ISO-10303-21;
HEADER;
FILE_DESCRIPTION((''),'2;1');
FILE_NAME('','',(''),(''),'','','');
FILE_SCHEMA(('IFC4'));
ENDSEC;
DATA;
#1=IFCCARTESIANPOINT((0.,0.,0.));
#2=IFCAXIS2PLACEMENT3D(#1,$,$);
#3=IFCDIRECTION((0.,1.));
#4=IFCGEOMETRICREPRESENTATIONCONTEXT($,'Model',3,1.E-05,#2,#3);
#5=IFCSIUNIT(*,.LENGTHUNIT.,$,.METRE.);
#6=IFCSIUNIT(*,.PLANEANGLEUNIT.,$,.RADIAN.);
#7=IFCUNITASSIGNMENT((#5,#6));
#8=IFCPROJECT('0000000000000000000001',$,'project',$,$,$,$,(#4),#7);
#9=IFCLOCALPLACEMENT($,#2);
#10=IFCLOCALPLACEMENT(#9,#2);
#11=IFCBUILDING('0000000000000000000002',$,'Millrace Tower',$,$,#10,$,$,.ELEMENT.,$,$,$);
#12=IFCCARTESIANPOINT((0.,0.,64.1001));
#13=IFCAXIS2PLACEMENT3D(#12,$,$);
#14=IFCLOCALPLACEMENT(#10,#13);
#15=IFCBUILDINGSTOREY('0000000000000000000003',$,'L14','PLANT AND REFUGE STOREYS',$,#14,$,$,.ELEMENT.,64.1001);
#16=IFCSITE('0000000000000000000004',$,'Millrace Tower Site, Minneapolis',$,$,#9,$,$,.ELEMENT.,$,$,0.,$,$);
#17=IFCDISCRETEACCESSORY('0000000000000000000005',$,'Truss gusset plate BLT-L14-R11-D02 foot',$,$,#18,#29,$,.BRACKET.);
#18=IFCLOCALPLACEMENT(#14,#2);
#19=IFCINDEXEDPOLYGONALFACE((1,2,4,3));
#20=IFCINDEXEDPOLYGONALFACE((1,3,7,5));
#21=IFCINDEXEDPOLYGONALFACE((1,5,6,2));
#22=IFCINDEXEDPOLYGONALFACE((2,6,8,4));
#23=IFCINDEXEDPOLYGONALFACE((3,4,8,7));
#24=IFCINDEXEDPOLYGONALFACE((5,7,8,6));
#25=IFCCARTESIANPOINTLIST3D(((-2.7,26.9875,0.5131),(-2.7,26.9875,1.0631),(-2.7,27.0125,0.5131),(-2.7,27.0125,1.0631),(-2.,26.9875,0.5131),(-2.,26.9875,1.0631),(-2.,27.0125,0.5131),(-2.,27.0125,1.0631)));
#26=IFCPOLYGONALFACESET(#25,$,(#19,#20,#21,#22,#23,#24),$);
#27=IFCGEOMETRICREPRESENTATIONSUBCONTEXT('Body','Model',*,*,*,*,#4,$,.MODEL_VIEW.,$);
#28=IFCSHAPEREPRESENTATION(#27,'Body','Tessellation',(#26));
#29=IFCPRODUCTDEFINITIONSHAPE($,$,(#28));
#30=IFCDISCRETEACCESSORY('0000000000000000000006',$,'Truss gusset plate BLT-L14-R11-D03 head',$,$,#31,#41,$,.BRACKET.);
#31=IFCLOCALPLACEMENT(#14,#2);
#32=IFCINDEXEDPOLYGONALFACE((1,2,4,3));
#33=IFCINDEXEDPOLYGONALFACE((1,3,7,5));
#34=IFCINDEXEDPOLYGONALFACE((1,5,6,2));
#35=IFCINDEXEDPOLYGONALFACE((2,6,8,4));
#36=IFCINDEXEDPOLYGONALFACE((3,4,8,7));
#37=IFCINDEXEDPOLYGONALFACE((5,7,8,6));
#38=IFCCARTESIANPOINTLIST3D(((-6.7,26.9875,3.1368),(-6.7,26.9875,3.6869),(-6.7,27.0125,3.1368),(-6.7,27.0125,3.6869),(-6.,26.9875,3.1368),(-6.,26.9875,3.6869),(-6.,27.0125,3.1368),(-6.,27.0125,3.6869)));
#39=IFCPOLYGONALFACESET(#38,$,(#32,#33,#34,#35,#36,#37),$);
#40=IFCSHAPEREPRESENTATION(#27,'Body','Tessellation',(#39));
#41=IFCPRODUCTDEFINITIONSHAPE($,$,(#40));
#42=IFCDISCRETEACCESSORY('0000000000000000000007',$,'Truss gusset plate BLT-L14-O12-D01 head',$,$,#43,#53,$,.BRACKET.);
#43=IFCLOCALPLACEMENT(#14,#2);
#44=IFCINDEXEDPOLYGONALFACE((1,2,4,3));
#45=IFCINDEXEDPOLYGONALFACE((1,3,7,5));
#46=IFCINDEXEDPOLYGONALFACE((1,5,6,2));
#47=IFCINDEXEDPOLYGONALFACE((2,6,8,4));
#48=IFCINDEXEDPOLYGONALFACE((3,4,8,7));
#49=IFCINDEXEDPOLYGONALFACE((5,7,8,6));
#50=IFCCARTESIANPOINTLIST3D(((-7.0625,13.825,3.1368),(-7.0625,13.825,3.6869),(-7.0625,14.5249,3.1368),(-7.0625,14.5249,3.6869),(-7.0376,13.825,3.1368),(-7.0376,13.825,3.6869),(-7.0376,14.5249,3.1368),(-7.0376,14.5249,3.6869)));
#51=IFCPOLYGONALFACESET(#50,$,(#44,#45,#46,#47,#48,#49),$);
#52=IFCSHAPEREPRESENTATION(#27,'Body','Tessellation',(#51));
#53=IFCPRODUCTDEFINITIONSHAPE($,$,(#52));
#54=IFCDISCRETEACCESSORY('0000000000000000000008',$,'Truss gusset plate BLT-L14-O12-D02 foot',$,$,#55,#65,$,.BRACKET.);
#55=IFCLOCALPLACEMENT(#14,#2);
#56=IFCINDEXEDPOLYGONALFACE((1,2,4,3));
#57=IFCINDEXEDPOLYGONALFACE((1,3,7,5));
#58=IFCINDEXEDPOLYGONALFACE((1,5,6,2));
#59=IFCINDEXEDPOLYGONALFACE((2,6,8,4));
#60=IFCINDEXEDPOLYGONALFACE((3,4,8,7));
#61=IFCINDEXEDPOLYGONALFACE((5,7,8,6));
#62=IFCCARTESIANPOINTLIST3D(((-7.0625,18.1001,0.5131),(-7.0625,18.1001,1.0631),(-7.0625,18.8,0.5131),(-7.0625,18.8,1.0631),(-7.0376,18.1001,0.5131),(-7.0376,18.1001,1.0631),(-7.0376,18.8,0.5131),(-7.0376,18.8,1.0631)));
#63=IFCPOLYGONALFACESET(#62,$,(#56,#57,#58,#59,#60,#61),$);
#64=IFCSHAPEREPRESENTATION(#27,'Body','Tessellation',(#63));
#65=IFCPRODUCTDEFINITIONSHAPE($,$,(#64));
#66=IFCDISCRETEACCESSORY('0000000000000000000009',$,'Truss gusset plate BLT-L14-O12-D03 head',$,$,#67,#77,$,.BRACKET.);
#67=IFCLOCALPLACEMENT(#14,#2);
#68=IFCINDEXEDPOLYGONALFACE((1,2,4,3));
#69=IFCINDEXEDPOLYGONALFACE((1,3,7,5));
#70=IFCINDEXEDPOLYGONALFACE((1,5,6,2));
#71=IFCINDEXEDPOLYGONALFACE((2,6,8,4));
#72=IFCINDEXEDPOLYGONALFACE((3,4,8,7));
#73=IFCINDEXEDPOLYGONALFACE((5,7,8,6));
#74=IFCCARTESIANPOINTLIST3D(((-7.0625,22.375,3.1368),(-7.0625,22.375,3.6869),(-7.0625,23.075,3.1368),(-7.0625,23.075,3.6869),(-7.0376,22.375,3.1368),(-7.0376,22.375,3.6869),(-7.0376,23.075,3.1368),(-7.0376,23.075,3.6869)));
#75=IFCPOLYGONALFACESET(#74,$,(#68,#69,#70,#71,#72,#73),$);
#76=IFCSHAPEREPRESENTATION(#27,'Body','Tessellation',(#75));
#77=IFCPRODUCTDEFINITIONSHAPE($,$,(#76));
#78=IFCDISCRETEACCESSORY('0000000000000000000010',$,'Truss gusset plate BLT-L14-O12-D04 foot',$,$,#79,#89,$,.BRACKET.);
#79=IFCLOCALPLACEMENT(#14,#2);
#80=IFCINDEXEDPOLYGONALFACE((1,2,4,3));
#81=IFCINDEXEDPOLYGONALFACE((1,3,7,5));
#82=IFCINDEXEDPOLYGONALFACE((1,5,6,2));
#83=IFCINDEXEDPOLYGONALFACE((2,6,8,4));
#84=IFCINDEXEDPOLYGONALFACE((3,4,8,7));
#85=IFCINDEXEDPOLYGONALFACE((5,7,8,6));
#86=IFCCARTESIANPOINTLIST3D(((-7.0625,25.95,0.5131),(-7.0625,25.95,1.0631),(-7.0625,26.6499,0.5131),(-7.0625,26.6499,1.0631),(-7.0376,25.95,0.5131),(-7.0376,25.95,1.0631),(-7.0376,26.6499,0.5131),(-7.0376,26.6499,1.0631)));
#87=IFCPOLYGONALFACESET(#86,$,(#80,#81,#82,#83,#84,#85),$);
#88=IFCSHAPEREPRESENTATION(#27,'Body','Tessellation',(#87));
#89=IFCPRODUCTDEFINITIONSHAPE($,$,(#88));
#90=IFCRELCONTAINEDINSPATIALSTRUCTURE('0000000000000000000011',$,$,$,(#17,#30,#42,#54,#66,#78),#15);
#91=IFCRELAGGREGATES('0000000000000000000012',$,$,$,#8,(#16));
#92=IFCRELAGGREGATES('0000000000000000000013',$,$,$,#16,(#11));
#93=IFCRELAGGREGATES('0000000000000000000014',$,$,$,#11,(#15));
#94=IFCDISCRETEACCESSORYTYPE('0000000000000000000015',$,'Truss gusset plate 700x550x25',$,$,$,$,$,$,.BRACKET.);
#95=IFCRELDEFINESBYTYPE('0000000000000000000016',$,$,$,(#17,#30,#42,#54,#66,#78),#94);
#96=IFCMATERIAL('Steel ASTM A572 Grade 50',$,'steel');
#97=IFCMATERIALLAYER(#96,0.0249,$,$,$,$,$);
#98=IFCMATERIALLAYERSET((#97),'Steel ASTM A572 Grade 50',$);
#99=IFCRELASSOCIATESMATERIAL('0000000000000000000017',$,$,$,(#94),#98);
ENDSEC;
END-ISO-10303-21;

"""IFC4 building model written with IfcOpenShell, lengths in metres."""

from ifc_helpers import new_model, si_unit, direction, frame, origin, origin_2d, place, context, subcontext, project, spatial, rectangle, extrude, material, layer, layer_set, type_object, element, save


model = new_model("IFC4")

# Units and contexts
model_context = context("Model", 3, precision=1e-05, world=origin(), true_north=direction((0.0, 1.0)))
body_context = subcontext(model_context, "Body", "Model", "MODEL_VIEW")
ifc_project = project(units=[si_unit("LENGTHUNIT", "METRE"), si_unit("PLANEANGLEUNIT", "RADIAN")], contexts=[model_context])

# Site, building, storey
site_placement = place(None, origin())
site = spatial("IfcSite", under=ifc_project, at=site_placement, Name="Millrace Tower Site, Minneapolis", CompositionType="ELEMENT", RefElevation=0.0)
building_placement = place(site_placement, origin())
building = spatial("IfcBuilding", under=site, at=building_placement, Name="Millrace Tower", CompositionType="ELEMENT")
storey_placement = place(building_placement, frame((0.0, 0.0, 64.1001)))
storey = spatial("IfcBuildingStorey", under=building, at=storey_placement, Name="L14", Description="PLANT AND REFUGE STOREYS", CompositionType="ELEMENT", Elevation=64.1001)

# Discrete accessories
ifc_material_1 = material(Name="Steel ASTM A572 Grade 50", Category="steel")
ifc_layer_1 = layer(ifc_material_1, 0.0249)
ifc_layer_set_1 = layer_set([ifc_layer_1], Name="Steel ASTM A572 Grade 50")
discrete_accessory_type = type_object("IfcDiscreteAccessoryType", Name="Truss gusset plate 700x550x25", PredefinedType="BRACKET", material=ifc_layer_set_1)
for number, where, z_axis, x_axis, name in (
    (1, (-2.7, 27.0, 0.7881), (1.0, 0.0, 0.0), (0.0, 1.0, 0.0), "Truss gusset plate BLT-L14-R11-D02 foot"),
    (2, (-6.7, 27.0, 3.4119), (1.0, 0.0, 0.0), (0.0, 1.0, 0.0), "Truss gusset plate BLT-L14-R11-D03 head"),
    (3, (-7.05, 13.825, 3.4119), (0.0, 1.0, 0.0), (-1.0, 0.0, 0.0), "Truss gusset plate BLT-L14-O12-D01 head"),
    (4, (-7.05, 18.1001, 0.7881), (0.0, 1.0, 0.0), (-1.0, 0.0, 0.0), "Truss gusset plate BLT-L14-O12-D02 foot"),
    (5, (-7.05, 22.375, 3.4119), (0.0, 1.0, 0.0), (-1.0, 0.0, 0.0), "Truss gusset plate BLT-L14-O12-D03 head"),
    (6, (-7.05, 25.95, 0.7881), (0.0, 1.0, 0.0), (-1.0, 0.0, 0.0), "Truss gusset plate BLT-L14-O12-D04 foot"),
):
    element("IfcDiscreteAccessory", number, at=place(storey_placement, frame(where, z_axis=z_axis, x_axis=x_axis)), inside=storey, type_object=discrete_accessory_type, Name=name, PredefinedType="BRACKET", context=body_context, shape_type="SweptSolid", body=[
        extrude(rectangle(XDim=0.0249, YDim=0.55, at=origin_2d()), origin(), (0.0, 0.0, 1.0), 0.7),
    ])

save(model, "model.ifc")
